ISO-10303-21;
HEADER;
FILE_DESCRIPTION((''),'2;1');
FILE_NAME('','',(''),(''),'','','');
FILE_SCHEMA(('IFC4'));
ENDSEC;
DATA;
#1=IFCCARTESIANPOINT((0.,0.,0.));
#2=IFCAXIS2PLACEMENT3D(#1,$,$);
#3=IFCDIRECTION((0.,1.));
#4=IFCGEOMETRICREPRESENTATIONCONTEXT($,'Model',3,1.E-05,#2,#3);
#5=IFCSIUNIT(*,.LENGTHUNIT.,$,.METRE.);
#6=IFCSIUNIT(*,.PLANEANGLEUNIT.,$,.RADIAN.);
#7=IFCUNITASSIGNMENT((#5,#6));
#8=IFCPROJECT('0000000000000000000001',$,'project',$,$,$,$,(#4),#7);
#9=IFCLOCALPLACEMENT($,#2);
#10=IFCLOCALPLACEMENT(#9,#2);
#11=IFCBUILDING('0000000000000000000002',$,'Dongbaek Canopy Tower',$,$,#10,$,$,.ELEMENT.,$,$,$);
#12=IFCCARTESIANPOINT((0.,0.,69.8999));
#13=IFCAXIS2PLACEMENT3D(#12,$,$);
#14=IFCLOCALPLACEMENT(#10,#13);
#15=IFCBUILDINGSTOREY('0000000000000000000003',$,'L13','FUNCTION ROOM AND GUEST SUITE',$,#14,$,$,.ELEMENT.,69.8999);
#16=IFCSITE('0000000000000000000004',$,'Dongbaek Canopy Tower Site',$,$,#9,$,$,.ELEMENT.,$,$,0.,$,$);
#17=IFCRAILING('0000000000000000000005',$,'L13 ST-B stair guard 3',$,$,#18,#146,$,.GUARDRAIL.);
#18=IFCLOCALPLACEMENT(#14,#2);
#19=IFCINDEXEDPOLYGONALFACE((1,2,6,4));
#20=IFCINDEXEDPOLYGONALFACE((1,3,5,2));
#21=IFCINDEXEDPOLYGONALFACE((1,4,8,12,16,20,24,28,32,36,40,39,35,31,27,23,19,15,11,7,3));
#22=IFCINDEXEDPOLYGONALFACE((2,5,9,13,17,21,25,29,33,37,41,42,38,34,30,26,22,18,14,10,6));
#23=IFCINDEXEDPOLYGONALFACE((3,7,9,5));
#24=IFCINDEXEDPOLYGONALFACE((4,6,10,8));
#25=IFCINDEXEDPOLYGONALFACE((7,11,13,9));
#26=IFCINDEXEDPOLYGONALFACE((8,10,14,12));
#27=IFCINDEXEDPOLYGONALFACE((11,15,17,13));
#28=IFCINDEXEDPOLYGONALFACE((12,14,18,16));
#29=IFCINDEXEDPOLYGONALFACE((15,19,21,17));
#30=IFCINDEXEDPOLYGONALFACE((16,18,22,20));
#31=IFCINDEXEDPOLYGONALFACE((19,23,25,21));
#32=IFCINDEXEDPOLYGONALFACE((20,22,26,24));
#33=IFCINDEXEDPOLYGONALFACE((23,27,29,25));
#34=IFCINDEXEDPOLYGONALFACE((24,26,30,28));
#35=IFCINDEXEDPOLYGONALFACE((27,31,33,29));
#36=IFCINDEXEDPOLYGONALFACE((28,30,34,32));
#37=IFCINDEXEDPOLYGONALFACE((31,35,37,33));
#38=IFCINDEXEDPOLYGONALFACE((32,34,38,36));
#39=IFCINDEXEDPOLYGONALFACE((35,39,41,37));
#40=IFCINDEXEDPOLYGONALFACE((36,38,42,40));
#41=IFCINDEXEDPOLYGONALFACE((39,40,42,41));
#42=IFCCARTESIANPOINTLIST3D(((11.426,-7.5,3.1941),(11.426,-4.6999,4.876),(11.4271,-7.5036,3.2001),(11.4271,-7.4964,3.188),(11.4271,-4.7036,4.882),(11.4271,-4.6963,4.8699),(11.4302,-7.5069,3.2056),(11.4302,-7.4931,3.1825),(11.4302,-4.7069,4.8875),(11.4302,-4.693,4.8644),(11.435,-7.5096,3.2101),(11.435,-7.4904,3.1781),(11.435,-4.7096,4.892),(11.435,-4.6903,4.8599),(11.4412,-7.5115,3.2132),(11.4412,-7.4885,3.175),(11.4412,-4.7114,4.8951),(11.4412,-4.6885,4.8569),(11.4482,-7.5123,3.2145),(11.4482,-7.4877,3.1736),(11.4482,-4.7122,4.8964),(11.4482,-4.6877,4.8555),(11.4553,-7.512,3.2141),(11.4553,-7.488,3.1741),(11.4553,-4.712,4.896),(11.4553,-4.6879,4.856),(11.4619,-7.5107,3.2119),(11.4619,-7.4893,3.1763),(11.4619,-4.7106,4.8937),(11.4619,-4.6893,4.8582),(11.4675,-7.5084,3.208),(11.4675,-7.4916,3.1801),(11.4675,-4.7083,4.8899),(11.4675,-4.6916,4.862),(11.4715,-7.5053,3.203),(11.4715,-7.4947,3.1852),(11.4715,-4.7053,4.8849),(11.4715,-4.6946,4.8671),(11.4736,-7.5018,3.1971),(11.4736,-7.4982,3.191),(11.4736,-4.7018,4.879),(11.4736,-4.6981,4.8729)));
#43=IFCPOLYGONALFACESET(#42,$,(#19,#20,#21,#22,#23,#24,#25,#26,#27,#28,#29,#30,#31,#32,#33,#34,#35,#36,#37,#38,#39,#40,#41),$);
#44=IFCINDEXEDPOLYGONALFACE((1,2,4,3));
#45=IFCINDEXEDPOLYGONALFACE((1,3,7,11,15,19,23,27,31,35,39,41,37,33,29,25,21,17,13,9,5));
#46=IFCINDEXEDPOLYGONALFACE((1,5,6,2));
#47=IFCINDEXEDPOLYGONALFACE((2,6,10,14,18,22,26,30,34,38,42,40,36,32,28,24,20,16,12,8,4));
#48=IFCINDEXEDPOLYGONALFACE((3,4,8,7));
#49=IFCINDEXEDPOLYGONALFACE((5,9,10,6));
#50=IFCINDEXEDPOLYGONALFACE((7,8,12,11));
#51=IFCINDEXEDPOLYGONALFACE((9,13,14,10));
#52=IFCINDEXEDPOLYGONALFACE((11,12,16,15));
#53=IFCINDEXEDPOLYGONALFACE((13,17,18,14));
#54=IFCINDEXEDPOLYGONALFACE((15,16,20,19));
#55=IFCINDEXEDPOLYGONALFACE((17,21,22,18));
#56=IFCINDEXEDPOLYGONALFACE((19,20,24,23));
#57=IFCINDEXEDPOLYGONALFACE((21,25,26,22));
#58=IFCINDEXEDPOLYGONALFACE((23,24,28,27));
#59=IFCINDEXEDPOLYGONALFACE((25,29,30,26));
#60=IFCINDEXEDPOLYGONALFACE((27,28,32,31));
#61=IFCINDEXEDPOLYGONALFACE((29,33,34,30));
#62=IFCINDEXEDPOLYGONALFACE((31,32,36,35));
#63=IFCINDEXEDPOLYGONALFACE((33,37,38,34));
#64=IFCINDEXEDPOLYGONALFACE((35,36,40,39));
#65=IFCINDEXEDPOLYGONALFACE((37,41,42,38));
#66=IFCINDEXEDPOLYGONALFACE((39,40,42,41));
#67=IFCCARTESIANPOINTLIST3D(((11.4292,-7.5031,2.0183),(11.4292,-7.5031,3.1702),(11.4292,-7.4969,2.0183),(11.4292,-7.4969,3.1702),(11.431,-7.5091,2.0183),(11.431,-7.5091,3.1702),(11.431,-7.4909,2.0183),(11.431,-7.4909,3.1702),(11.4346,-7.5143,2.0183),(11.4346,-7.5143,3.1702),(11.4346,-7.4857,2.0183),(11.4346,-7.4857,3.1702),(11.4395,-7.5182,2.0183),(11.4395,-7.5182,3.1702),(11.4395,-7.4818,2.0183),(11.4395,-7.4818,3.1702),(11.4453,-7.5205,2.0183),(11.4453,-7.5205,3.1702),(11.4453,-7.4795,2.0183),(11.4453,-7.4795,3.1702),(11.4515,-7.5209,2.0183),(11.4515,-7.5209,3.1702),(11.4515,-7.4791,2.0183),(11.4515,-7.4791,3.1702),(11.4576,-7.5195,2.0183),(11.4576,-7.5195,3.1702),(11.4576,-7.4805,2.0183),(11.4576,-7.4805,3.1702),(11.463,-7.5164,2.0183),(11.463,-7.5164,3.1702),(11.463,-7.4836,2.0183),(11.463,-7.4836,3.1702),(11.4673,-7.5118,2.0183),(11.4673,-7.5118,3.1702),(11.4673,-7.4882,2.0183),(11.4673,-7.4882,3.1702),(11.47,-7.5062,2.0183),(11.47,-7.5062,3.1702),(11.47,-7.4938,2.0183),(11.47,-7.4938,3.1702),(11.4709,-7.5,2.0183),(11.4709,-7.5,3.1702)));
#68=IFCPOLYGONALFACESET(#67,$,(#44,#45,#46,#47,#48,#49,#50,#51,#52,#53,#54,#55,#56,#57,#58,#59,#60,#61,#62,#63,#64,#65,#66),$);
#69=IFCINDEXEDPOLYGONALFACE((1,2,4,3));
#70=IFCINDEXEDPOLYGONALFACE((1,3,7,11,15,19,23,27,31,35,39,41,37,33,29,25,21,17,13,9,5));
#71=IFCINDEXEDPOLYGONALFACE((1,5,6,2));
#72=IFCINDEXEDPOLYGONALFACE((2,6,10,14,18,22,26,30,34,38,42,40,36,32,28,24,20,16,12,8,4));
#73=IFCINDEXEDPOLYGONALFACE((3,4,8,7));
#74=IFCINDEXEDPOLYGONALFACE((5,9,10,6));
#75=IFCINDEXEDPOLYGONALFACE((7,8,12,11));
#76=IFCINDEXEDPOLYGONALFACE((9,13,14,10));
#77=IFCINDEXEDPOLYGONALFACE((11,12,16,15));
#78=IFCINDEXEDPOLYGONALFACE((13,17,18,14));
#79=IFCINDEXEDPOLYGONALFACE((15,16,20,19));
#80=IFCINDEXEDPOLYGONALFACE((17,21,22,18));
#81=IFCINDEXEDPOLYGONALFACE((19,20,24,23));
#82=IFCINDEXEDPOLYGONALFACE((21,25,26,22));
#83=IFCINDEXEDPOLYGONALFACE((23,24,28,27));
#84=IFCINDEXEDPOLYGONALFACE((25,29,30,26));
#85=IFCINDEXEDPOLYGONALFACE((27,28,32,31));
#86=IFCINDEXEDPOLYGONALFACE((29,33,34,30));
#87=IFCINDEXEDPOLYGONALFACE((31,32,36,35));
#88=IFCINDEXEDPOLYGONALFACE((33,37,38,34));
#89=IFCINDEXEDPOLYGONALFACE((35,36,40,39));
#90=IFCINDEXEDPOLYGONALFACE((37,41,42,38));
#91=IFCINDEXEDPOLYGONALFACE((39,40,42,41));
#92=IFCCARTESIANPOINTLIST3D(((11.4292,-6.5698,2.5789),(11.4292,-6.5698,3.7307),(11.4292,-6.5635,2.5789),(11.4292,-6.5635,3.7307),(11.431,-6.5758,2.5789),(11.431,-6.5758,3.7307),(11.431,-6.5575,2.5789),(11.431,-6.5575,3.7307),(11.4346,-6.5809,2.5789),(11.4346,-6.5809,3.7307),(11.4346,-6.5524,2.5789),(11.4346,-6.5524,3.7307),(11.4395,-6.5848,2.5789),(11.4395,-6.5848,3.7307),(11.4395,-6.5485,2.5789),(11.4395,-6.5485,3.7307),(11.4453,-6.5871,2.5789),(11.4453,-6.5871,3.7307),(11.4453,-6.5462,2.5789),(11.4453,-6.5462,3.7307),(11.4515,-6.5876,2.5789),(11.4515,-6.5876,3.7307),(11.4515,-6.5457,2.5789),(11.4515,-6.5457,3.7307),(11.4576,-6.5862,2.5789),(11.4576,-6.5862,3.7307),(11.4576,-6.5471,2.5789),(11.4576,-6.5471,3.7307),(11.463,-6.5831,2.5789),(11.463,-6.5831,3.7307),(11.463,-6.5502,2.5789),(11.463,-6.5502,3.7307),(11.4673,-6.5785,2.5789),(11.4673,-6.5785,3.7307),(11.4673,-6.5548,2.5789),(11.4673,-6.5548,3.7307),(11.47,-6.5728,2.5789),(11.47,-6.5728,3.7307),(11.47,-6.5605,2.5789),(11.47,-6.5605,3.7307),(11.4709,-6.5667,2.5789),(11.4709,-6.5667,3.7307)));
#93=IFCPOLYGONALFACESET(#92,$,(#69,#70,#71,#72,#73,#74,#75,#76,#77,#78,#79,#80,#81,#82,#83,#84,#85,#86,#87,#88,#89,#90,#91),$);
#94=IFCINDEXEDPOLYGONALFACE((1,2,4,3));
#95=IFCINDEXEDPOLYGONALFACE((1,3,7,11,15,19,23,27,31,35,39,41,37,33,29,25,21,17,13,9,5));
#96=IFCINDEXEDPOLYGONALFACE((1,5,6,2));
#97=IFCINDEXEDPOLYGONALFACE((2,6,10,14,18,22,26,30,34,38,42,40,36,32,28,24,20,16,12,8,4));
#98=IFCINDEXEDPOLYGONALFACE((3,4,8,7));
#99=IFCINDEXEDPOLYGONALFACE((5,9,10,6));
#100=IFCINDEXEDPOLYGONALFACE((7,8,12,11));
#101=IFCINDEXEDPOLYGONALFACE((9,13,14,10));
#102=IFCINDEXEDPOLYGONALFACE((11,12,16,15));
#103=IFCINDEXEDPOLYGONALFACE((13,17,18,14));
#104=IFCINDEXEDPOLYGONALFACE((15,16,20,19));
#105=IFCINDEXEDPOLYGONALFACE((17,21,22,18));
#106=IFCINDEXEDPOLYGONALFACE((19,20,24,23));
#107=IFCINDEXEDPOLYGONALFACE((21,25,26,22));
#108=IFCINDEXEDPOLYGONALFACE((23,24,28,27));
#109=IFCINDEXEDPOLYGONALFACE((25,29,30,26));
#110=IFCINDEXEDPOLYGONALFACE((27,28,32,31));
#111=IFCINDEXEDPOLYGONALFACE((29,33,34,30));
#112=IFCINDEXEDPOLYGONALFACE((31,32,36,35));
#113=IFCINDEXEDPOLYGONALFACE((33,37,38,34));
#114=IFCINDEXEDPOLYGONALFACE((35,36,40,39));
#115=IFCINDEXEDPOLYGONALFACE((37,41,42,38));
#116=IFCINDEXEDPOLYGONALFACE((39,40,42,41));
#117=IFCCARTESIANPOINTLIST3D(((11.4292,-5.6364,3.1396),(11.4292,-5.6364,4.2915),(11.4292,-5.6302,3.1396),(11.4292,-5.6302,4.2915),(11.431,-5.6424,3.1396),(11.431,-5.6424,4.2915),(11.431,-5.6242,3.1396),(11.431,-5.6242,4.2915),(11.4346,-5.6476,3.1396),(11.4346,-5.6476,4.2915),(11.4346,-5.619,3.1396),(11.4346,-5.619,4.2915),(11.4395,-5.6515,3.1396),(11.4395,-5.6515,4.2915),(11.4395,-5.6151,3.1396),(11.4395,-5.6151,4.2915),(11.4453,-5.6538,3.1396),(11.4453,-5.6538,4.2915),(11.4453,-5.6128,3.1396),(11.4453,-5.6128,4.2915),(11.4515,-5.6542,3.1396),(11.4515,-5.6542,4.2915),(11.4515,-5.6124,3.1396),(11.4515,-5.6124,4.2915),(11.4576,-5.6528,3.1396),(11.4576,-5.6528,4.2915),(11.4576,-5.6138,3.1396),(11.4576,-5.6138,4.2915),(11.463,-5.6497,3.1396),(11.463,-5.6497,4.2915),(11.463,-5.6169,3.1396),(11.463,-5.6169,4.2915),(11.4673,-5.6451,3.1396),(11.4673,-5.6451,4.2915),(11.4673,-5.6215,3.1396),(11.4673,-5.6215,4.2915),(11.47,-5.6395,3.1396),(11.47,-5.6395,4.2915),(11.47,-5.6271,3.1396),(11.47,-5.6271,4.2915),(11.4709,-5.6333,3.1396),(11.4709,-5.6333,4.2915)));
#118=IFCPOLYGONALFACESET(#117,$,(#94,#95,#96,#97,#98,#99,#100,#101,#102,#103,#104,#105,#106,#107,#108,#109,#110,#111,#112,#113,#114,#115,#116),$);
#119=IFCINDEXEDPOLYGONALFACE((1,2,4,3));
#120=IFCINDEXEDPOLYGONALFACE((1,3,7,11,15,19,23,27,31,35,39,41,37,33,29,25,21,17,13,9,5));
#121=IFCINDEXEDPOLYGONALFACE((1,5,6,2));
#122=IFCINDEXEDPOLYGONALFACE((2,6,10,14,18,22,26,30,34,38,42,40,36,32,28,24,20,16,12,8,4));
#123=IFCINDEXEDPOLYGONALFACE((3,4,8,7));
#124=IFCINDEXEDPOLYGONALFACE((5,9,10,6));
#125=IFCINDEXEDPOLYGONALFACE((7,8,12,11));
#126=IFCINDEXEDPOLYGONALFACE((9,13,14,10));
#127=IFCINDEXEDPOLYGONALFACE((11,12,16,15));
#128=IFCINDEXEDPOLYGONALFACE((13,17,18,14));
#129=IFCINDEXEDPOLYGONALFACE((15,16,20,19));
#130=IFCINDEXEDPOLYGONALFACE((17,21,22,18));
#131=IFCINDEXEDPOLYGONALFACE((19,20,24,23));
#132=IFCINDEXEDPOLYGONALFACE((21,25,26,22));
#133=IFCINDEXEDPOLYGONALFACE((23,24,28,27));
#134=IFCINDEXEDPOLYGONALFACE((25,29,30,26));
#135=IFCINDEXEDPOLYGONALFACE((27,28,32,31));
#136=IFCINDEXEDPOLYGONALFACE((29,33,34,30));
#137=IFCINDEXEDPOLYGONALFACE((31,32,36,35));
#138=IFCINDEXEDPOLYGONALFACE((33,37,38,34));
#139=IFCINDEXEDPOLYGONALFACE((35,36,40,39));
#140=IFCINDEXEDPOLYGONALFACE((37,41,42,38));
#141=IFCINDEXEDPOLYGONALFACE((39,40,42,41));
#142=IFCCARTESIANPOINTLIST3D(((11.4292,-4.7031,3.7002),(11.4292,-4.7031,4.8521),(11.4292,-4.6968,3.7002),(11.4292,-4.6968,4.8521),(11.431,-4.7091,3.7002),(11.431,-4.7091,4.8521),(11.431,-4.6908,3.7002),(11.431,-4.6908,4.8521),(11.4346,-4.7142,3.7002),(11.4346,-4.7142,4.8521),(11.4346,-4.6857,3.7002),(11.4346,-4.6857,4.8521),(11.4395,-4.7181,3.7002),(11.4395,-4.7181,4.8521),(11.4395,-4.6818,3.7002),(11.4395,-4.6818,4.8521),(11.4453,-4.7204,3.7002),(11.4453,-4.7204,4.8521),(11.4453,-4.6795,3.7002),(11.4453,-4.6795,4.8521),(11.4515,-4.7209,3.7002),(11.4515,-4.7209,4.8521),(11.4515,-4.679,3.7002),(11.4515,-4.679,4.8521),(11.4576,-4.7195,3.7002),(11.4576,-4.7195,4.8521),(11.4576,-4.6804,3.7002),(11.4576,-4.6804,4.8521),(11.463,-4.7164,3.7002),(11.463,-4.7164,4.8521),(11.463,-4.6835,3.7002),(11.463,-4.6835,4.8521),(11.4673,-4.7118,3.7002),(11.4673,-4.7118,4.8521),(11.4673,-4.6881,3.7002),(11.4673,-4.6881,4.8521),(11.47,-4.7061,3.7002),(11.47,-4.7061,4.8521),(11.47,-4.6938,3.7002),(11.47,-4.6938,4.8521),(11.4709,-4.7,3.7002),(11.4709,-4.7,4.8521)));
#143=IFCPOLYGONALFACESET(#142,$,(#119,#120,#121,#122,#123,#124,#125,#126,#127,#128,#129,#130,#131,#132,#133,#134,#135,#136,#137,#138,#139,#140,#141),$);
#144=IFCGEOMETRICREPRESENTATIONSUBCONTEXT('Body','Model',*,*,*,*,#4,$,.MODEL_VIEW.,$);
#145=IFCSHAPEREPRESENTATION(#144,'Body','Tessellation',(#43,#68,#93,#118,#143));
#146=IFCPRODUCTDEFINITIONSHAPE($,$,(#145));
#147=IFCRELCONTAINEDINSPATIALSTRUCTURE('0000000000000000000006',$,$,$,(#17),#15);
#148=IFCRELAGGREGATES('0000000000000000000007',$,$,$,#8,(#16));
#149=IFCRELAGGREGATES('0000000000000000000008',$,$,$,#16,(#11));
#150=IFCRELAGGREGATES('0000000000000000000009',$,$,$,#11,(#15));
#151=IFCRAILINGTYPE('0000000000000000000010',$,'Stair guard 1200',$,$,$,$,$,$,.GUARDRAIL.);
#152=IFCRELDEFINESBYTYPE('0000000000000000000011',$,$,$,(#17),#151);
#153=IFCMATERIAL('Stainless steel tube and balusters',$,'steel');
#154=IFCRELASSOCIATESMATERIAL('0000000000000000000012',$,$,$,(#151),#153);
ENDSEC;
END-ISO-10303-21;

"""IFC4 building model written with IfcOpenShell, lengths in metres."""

from ifc_helpers import new_model, si_unit, direction, frame, origin, origin_2d, place, context, subcontext, project, spatial, circle, extrude, material, type_object, element, save


model = new_model("IFC4")

# Units and contexts
model_context = context("Model", 3, precision=1e-05, world=origin(), true_north=direction((0.0, 1.0)))
body_context = subcontext(model_context, "Body", "Model", "MODEL_VIEW")
ifc_project = project(units=[si_unit("LENGTHUNIT", "METRE"), si_unit("PLANEANGLEUNIT", "RADIAN")], contexts=[model_context])

# Site, building, storey
site_placement = place(None, origin())
site = spatial("IfcSite", under=ifc_project, at=site_placement, Name="Dongbaek Canopy Tower Site", CompositionType="ELEMENT", RefElevation=0.0)
building_placement = place(site_placement, origin())
building = spatial("IfcBuilding", under=site, at=building_placement, Name="Dongbaek Canopy Tower", CompositionType="ELEMENT")
storey_placement = place(building_placement, frame((0.0, 0.0, 69.8999)))
storey = spatial("IfcBuildingStorey", under=building, at=storey_placement, Name="L13", Description="FUNCTION ROOM AND GUEST SUITE", CompositionType="ELEMENT", Elevation=69.8999)

# Railing
ifc_material_1 = material(Name="Stainless steel tube and balusters", Category="steel")
railing_type_1 = type_object("IfcRailingType", Name="Stair guard 1200", PredefinedType="GUARDRAIL", material=ifc_material_1)
railing_1_placement = place(storey_placement, frame((11.45, -7.5, 2.0183)))
element("IfcRailing", 1, at=railing_1_placement, inside=storey, type_object=railing_type_1, Name="L13 ST-B stair guard 3", PredefinedType="GUARDRAIL", context=body_context, shape_type="SweptSolid", body=[
    extrude(circle(Radius=0.0239, at=origin_2d()), frame((0.0, 0.0, 1.1758), z_axis=(0.0, 0.857242, 0.514913), x_axis=(-1.0, 0.0, 0.0)), (0.0, 0.0, 1.0), 3.2664),
    extrude(circle(Radius=0.021, at=origin_2d()), origin(), (0.0, 0.0, 1.0), 1.1519),
    extrude(circle(Radius=0.021, at=origin_2d()), frame((0.0, 0.9333, 0.5605)), (0.0, 0.0, 1.0), 1.1519),
    extrude(circle(Radius=0.021, at=origin_2d()), frame((0.0, 1.8667, 1.1213)), (0.0, 0.0, 1.0), 1.1519),
    extrude(circle(Radius=0.021, at=origin_2d()), frame((0.0, 2.8, 1.6819)), (0.0, 0.0, 1.0), 1.1519),
])

save(model, "model.ifc")
